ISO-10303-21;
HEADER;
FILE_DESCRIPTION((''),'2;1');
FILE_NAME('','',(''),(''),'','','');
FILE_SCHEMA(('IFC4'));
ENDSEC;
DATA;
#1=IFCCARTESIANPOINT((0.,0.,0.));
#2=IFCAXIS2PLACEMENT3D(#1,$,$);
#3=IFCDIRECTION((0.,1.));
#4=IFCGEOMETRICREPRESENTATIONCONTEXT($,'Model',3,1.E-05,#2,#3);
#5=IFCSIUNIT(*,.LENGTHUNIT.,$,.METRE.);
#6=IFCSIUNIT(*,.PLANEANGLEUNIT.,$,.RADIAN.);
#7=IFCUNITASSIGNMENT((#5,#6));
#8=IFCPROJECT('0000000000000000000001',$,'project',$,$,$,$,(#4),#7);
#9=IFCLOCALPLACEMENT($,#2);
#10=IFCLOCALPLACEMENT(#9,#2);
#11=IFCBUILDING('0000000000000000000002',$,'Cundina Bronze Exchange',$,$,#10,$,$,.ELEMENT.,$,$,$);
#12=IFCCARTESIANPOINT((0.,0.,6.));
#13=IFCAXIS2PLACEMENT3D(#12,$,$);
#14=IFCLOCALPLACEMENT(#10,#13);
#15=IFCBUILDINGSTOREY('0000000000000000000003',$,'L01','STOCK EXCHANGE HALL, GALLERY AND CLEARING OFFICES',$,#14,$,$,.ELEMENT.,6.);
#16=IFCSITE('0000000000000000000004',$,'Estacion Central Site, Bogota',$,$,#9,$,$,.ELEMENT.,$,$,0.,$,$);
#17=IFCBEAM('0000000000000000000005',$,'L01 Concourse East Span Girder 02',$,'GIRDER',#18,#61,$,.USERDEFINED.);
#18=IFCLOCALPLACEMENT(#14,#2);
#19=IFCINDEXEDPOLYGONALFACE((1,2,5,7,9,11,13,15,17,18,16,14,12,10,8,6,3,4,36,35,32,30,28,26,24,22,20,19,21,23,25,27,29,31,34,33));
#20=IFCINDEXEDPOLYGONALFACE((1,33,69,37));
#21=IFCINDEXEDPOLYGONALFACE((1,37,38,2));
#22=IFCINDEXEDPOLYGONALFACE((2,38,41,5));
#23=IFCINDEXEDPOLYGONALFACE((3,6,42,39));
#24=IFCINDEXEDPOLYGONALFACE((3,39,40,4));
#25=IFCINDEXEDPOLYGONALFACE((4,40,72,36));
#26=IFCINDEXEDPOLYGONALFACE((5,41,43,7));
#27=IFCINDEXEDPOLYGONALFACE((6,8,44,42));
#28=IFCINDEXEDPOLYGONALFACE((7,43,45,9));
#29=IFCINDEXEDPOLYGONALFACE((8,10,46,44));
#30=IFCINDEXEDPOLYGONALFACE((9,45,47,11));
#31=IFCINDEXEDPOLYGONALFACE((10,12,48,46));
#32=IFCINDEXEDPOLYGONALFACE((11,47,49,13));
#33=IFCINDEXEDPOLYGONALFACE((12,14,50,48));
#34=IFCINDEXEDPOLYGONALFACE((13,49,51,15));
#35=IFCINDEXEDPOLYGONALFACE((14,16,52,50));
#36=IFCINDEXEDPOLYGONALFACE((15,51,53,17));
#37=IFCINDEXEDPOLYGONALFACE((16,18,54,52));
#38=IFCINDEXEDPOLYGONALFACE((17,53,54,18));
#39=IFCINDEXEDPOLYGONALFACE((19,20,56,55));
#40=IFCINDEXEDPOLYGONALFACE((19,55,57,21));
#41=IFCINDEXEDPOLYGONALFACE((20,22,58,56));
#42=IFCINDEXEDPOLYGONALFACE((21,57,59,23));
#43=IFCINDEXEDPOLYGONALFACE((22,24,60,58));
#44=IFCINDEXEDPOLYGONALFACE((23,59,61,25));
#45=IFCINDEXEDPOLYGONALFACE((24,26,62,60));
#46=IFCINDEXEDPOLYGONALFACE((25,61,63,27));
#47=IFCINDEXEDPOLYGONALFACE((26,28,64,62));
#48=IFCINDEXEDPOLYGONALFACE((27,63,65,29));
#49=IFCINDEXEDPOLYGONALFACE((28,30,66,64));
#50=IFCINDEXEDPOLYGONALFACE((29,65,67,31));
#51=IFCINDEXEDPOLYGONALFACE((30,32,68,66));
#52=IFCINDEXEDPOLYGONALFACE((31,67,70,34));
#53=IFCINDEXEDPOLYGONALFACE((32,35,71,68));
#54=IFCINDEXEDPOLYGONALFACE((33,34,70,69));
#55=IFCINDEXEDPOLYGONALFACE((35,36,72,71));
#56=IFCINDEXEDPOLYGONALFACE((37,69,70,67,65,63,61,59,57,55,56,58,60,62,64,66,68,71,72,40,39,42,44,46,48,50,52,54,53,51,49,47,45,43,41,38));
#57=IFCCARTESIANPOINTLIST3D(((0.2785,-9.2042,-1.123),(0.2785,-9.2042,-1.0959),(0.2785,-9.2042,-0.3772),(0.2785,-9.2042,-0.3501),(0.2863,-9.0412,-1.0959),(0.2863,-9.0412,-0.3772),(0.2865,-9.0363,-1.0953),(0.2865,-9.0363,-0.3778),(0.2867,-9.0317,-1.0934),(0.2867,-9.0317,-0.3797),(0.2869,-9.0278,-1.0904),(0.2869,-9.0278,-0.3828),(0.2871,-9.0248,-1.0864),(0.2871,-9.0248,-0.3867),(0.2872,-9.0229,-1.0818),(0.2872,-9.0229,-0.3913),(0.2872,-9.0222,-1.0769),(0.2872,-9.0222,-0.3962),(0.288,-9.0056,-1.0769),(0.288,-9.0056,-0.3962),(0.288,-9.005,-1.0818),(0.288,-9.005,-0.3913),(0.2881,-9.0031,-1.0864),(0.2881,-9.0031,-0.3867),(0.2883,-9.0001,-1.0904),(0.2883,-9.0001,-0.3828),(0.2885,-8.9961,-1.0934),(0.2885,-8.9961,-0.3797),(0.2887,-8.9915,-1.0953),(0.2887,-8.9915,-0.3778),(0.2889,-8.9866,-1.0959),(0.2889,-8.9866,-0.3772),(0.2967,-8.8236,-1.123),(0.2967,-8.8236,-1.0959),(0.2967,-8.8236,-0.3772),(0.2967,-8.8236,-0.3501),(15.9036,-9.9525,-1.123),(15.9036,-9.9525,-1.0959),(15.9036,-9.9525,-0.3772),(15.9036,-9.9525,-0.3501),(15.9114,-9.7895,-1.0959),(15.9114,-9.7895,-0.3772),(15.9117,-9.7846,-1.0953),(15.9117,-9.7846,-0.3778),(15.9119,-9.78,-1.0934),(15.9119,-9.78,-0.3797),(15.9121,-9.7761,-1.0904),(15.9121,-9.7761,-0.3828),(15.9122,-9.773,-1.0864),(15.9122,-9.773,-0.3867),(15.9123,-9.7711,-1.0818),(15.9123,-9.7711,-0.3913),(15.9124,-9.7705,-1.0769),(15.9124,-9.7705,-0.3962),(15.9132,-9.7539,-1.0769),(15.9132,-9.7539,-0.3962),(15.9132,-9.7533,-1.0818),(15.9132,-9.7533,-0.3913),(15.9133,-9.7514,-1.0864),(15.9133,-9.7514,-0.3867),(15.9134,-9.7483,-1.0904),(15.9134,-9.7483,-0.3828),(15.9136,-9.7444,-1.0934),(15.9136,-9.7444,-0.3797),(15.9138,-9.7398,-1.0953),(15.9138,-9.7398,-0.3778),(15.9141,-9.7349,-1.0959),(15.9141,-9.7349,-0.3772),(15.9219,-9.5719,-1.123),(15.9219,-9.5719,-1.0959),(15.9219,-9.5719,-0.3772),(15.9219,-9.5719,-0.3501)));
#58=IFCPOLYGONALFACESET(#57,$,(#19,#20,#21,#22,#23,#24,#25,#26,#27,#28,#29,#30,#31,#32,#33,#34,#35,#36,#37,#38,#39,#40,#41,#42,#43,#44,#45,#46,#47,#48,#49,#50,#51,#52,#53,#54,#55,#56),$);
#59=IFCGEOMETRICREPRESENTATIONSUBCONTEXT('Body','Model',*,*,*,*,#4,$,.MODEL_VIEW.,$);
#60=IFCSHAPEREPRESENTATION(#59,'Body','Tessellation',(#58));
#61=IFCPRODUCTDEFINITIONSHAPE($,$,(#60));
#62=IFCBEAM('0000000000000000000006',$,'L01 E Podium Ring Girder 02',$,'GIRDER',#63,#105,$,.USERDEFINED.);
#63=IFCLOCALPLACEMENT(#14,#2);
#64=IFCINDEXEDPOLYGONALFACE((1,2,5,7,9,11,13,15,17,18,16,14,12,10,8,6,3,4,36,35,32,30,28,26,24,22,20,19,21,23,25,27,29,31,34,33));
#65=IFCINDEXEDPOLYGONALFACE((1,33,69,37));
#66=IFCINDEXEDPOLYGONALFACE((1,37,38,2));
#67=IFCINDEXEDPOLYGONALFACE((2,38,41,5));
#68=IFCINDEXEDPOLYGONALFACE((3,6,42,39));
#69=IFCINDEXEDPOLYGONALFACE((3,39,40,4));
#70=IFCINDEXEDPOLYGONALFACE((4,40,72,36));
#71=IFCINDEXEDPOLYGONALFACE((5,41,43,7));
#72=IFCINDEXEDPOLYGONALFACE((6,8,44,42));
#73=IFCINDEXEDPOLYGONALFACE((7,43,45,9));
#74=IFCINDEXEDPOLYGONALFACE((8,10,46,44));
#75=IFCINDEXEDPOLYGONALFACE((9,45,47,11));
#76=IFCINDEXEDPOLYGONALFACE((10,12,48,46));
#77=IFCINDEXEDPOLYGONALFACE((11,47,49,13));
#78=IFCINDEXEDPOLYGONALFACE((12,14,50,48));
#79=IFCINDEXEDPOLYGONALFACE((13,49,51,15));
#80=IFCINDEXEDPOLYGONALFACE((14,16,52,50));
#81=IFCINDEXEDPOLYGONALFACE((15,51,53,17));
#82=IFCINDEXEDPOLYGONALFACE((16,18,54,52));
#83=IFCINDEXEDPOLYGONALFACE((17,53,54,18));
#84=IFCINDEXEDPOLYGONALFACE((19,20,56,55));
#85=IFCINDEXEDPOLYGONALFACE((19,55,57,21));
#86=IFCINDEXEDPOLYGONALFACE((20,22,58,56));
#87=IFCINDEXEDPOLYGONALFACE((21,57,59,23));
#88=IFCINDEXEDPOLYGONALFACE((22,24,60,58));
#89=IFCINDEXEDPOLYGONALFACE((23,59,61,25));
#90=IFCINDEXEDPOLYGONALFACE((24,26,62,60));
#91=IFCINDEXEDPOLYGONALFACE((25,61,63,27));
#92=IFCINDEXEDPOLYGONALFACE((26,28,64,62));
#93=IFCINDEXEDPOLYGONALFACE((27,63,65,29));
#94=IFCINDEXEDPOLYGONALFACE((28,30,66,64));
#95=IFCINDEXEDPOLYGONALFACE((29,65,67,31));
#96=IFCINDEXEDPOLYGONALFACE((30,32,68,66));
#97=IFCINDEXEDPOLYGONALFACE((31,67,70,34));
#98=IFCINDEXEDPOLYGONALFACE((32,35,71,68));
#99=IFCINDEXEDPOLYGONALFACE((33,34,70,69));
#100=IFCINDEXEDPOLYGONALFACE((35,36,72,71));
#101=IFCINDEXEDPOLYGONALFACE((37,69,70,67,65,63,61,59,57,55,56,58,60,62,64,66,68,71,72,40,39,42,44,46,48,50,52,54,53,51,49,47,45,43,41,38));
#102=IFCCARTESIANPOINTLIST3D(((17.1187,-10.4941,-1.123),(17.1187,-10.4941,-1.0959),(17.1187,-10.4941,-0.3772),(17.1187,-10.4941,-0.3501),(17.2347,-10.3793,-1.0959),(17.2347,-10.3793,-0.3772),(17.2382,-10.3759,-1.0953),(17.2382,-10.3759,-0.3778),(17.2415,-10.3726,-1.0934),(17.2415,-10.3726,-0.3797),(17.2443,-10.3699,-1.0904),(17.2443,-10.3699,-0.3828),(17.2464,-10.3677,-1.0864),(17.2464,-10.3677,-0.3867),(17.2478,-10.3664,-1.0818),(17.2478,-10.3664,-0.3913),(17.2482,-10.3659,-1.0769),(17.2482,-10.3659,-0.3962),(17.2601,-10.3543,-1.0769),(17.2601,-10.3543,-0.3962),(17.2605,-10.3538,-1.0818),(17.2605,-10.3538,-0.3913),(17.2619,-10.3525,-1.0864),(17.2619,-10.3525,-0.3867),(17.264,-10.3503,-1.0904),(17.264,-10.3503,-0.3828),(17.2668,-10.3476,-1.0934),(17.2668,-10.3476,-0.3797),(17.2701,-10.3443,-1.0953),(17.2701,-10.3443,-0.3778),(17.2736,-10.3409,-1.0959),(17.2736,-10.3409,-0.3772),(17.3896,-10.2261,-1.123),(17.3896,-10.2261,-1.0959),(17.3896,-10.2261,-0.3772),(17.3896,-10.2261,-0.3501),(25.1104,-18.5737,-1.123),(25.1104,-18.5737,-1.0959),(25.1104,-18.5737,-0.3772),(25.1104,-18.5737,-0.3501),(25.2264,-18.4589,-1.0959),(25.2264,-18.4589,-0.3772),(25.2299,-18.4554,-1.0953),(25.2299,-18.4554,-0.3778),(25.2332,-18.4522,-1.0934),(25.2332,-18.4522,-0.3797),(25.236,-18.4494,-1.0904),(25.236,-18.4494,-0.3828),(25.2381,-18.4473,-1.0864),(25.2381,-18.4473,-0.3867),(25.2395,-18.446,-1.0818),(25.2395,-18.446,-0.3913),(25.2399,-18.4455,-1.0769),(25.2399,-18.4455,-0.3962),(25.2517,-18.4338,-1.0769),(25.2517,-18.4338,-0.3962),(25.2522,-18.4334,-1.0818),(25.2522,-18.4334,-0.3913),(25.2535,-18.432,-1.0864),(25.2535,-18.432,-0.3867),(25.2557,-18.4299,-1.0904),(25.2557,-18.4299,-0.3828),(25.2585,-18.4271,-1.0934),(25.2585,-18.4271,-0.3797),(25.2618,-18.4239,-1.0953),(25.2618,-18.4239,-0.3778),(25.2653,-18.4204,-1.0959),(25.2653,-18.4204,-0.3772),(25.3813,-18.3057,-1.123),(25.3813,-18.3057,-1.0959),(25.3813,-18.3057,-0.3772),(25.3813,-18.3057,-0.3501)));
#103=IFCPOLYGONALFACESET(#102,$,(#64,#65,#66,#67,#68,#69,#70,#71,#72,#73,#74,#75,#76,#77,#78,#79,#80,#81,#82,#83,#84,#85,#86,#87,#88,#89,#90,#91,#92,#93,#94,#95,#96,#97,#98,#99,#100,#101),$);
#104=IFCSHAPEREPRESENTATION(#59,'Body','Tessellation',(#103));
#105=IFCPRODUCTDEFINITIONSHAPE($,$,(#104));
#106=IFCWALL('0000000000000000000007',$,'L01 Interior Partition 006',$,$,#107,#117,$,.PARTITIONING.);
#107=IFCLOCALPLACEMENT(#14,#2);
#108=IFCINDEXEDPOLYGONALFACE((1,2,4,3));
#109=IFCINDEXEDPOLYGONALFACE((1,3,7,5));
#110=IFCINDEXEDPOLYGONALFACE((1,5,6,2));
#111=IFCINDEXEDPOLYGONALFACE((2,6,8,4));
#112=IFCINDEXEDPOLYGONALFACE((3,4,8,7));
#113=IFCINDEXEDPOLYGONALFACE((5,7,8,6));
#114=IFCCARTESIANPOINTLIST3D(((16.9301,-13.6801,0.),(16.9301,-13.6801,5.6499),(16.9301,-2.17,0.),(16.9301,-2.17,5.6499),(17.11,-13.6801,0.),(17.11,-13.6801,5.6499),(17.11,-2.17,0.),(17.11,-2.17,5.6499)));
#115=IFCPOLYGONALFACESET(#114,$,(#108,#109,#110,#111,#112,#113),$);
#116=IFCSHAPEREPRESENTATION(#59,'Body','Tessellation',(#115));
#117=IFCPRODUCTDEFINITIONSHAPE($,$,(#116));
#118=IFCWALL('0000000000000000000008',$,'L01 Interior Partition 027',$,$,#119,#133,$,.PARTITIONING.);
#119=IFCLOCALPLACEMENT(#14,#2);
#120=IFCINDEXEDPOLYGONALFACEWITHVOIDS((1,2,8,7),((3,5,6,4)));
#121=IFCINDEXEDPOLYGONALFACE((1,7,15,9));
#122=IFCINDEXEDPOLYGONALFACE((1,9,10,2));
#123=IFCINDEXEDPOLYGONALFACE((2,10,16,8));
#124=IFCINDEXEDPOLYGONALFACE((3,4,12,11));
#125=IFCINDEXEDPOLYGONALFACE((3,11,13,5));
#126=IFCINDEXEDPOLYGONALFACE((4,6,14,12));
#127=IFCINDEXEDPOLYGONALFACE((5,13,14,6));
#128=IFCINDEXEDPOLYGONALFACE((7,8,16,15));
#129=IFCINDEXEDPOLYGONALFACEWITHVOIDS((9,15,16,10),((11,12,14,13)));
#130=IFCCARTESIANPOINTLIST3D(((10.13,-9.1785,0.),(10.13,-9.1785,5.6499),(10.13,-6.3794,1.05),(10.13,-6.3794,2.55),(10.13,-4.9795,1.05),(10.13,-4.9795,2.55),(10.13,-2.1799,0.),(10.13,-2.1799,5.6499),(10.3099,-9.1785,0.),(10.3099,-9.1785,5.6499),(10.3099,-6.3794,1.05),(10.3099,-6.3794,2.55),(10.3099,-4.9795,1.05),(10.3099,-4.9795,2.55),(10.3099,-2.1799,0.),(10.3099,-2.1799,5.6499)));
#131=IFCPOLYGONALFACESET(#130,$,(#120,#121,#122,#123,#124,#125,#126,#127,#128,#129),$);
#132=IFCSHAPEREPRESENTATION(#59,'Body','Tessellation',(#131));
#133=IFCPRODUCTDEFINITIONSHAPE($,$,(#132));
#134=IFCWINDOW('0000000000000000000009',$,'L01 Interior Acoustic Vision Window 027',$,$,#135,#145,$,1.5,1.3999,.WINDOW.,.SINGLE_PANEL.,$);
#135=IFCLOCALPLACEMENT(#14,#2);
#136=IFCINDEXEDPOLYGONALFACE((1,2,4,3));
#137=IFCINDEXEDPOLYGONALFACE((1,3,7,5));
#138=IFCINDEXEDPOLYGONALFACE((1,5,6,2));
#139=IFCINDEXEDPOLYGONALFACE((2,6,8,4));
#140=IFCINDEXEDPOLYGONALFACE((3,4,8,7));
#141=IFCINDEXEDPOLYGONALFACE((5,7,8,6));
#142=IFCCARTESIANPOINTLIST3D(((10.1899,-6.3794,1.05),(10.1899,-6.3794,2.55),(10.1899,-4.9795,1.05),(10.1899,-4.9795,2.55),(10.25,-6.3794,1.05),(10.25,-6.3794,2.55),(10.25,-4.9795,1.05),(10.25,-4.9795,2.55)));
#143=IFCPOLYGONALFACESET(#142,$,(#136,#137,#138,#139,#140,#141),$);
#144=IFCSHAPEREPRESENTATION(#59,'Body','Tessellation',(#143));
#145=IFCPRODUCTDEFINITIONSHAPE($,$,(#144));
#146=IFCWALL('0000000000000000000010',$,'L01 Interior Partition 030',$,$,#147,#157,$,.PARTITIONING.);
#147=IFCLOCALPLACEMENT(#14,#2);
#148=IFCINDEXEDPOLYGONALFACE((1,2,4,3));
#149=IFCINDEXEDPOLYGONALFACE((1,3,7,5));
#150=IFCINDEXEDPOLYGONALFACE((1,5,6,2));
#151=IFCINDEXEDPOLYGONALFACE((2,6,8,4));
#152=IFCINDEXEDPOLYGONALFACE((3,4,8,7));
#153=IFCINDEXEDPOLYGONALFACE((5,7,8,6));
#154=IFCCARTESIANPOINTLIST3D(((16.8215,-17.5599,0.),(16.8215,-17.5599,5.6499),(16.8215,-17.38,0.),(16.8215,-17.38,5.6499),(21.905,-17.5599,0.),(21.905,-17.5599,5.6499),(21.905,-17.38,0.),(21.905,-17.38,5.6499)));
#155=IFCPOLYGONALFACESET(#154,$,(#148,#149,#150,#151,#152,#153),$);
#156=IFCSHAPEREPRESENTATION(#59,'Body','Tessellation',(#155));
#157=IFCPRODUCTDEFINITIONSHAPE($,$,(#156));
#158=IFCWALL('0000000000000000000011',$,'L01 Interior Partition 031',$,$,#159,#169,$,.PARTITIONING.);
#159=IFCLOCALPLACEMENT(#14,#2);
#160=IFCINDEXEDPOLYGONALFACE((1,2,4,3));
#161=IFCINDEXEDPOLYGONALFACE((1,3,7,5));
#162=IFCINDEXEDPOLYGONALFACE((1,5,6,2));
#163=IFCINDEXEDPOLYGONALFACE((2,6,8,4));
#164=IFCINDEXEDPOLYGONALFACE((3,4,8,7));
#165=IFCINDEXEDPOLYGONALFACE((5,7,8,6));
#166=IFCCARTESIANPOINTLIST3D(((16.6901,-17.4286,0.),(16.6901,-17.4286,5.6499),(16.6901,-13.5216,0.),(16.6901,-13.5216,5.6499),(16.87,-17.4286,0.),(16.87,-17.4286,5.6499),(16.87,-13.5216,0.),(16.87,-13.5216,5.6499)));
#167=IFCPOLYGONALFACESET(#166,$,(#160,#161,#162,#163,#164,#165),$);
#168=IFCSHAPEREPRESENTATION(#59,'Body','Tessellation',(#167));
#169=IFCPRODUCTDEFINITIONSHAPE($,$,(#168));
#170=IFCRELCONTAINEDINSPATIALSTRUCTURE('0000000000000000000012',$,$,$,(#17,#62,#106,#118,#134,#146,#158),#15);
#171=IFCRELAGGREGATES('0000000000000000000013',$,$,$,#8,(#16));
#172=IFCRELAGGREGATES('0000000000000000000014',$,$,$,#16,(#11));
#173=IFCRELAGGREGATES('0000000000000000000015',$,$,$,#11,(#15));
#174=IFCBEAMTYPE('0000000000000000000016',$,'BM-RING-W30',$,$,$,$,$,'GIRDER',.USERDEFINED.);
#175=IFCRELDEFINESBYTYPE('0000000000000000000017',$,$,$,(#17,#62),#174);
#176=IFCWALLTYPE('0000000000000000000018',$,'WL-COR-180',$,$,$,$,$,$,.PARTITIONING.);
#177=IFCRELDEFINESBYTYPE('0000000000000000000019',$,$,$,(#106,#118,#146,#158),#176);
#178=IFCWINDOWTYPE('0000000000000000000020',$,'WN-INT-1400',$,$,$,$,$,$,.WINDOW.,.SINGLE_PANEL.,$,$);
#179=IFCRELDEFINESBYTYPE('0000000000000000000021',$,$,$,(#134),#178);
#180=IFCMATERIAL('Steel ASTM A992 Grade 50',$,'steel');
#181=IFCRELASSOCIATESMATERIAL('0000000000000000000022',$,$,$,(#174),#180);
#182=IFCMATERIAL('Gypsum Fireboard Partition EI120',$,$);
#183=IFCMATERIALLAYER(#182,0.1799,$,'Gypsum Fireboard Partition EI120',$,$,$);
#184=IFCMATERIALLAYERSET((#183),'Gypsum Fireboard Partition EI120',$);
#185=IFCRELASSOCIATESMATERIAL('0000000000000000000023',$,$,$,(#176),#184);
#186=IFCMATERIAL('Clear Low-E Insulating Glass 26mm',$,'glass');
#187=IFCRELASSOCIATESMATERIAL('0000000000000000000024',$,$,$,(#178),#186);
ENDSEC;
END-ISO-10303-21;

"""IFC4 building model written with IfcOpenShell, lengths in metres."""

from ifc_helpers import new_model, si_unit, direction, frame, frame_2d, origin, origin_2d, place, context, subcontext, project, spatial, rectangle, i_section, extrude, material, layer, layer_set, material_profile, profile_set, type_object, element, fill, save


model = new_model("IFC4")

# Units and contexts
model_context = context("Model", 3, precision=1e-05, world=origin(), true_north=direction((0.0, 1.0)))
body_context = subcontext(model_context, "Body", "Model", "MODEL_VIEW")
ifc_project = project(units=[si_unit("LENGTHUNIT", "METRE"), si_unit("PLANEANGLEUNIT", "RADIAN")], contexts=[model_context])

# Site, building, storey
site_placement = place(None, origin())
site = spatial("IfcSite", under=ifc_project, at=site_placement, Name="Estacion Central Site, Bogota", CompositionType="ELEMENT", RefElevation=0.0)
building_placement = place(site_placement, origin())
building = spatial("IfcBuilding", under=site, at=building_placement, Name="Cundina Bronze Exchange", CompositionType="ELEMENT")
storey_placement = place(building_placement, frame((0.0, 0.0, 6.0)))
storey = spatial("IfcBuildingStorey", under=building, at=storey_placement, Name="L01", Description="STOCK EXCHANGE HALL, GALLERY AND CLEARING OFFICES", CompositionType="ELEMENT", Elevation=6.0)

# Beams
ifc_material_1 = material(Name="Steel ASTM A992 Grade 50", Category="steel")
ifc_material_profile_1 = material_profile(ifc_material_1, i_section(OverallWidth=0.3811, OverallDepth=0.7729, WebThickness=0.0166, FlangeThickness=0.0271, FilletRadius=0.019, at=origin_2d()), Name="W30X173", Category="steel")
ifc_profile_set_1 = profile_set([ifc_material_profile_1], Name="Steel ASTM A992 Grade 50")
beam_type = type_object("IfcBeamType", Name="BM-RING-W30", ElementType="GIRDER", PredefinedType="USERDEFINED", material=ifc_profile_set_1)
beam_1_placement = place(storey_placement, frame((0.2876, -9.0139, -0.7366), z_axis=(0.998855, -0.047835, 0.0), x_axis=(0.047835, 0.998855, 0.0)))
element("IfcBeam", 1, at=beam_1_placement, inside=storey, type_object=beam_type, Name="L01 Concourse East Span Girder 02", ObjectType="GIRDER", PredefinedType="USERDEFINED", context=body_context, shape_type="SweptSolid", body=[
    extrude(i_section(OverallWidth=0.3811, OverallDepth=0.7729, WebThickness=0.0166, FlangeThickness=0.0271, FilletRadius=0.019, at=origin_2d()), origin(), (0.0, 0.0, 1.0), 15.6431),
])
beam_2_placement = place(storey_placement, frame((17.2542, -10.3601, -0.7366), z_axis=(0.703229, -0.710963, 0.0), x_axis=(0.710963, 0.703229, 0.0)))
element("IfcBeam", 2, at=beam_2_placement, inside=storey, type_object=beam_type, Name="L01 E Podium Ring Girder 02", ObjectType="GIRDER", PredefinedType="USERDEFINED", context=body_context, shape_type="SweptSolid", body=[
    extrude(i_section(OverallWidth=0.3811, OverallDepth=0.7729, WebThickness=0.0166, FlangeThickness=0.0271, FilletRadius=0.019, at=origin_2d()), origin(), (0.0, 0.0, 1.0), 11.3643),
])

# Wall
ifc_material_2 = material(Name="Gypsum Fireboard Partition EI120")
ifc_layer_1 = layer(ifc_material_2, 0.1799, Name="Gypsum Fireboard Partition EI120")
ifc_layer_set_1 = layer_set([ifc_layer_1], Name="Gypsum Fireboard Partition EI120")
wall_type_1 = type_object("IfcWallType", Name="WL-COR-180", PredefinedType="PARTITIONING", material=ifc_layer_set_1)
wall_1_placement = place(storey_placement, frame((17.02, -13.6799, 0.0), z_axis=(0.0, 0.0, 1.0), x_axis=(0.0, 1.0, 0.0)))
element("IfcWall", 3, at=wall_1_placement, inside=storey, type_object=wall_type_1, Name="L01 Interior Partition 006", PredefinedType="PARTITIONING", context=body_context, shape_type="SweptSolid", body=[
    extrude(rectangle(XDim=11.51, YDim=0.1799, at=frame_2d((5.7549, 0.0))), origin(), (0.0, 0.0, 1.0), 5.6499),
])

# Wall, opening, window
wall_2_placement = place(storey_placement, frame((10.22, -9.1785, 0.0), z_axis=(0.0, 0.0, 1.0), x_axis=(0.0, 1.0, 0.0)))
wall_2 = element("IfcWall", 4, at=wall_2_placement, inside=storey, type_object=wall_type_1, Name="L01 Interior Partition 027", PredefinedType="PARTITIONING", context=body_context, shape_type="SweptSolid", body=[
    extrude(rectangle(XDim=6.9985, YDim=0.1799, at=frame_2d((3.4993, 0.0))), origin(), (0.0, 0.0, 1.0), 5.6499),
])
opening_1_placement = place(wall_2_placement, frame((2.7991, 0.0, 1.05)))
opening_1 = element("IfcOpeningElement", 5, at=opening_1_placement, cuts=wall_2, PredefinedType="OPENING", context=body_context, shape_type="SweptSolid", body=[
    extrude(rectangle(XDim=1.3999, YDim=1.5, at=frame_2d((0.7, 0.75))), frame((0.0, 0.0999, 0.0), z_axis=(0.0, -1.0, 0.0), x_axis=(1.0, 0.0, 0.0)), (0.0, 0.0, 1.0), 0.2),
])
ifc_material_3 = material(Name="Clear Low-E Insulating Glass 26mm", Category="glass")
window_type_1 = type_object("IfcWindowType", Name="WN-INT-1400", PartitioningType="SINGLE_PANEL", PredefinedType="WINDOW", material=ifc_material_3)
window_1_placement = place(opening_1_placement, origin())
window_1 = element("IfcWindow", 6, at=window_1_placement, inside=storey, type_object=window_type_1, Name="L01 Interior Acoustic Vision Window 027", OverallHeight=1.5, OverallWidth=1.3999, PartitioningType="SINGLE_PANEL", PredefinedType="WINDOW", context=body_context, shape_type="SweptSolid", body=[
    extrude(rectangle(XDim=1.3999, YDim=1.5, at=frame_2d((0.7, 0.75))), frame((0.0, 0.03, 0.0), z_axis=(0.0, -1.0, 0.0), x_axis=(1.0, 0.0, 0.0)), (0.0, 0.0, 1.0), 0.0601),
])
fill(opening_1, window_1)

# Walls
wall_3_placement = place(storey_placement, frame((16.8215, -17.47, 0.0), z_axis=(0.0, 0.0, 1.0), x_axis=(1.0, 0.0, 0.0)))
element("IfcWall", 7, at=wall_3_placement, inside=storey, type_object=wall_type_1, Name="L01 Interior Partition 030", PredefinedType="PARTITIONING", context=body_context, shape_type="SweptSolid", body=[
    extrude(rectangle(XDim=5.0835, YDim=0.1799, at=frame_2d((2.5417, 0.0))), origin(), (0.0, 0.0, 1.0), 5.6499),
])
wall_4_placement = place(storey_placement, frame((16.78, -13.5215, 0.0), z_axis=(0.0, 0.0, 1.0), x_axis=(0.0, -1.0, 0.0)))
element("IfcWall", 8, at=wall_4_placement, inside=storey, type_object=wall_type_1, Name="L01 Interior Partition 031", PredefinedType="PARTITIONING", context=body_context, shape_type="SweptSolid", body=[
    extrude(rectangle(XDim=3.907, YDim=0.1799, at=frame_2d((1.9536, 0.0))), origin(), (0.0, 0.0, 1.0), 5.6499),
])

save(model, "model.ifc")
